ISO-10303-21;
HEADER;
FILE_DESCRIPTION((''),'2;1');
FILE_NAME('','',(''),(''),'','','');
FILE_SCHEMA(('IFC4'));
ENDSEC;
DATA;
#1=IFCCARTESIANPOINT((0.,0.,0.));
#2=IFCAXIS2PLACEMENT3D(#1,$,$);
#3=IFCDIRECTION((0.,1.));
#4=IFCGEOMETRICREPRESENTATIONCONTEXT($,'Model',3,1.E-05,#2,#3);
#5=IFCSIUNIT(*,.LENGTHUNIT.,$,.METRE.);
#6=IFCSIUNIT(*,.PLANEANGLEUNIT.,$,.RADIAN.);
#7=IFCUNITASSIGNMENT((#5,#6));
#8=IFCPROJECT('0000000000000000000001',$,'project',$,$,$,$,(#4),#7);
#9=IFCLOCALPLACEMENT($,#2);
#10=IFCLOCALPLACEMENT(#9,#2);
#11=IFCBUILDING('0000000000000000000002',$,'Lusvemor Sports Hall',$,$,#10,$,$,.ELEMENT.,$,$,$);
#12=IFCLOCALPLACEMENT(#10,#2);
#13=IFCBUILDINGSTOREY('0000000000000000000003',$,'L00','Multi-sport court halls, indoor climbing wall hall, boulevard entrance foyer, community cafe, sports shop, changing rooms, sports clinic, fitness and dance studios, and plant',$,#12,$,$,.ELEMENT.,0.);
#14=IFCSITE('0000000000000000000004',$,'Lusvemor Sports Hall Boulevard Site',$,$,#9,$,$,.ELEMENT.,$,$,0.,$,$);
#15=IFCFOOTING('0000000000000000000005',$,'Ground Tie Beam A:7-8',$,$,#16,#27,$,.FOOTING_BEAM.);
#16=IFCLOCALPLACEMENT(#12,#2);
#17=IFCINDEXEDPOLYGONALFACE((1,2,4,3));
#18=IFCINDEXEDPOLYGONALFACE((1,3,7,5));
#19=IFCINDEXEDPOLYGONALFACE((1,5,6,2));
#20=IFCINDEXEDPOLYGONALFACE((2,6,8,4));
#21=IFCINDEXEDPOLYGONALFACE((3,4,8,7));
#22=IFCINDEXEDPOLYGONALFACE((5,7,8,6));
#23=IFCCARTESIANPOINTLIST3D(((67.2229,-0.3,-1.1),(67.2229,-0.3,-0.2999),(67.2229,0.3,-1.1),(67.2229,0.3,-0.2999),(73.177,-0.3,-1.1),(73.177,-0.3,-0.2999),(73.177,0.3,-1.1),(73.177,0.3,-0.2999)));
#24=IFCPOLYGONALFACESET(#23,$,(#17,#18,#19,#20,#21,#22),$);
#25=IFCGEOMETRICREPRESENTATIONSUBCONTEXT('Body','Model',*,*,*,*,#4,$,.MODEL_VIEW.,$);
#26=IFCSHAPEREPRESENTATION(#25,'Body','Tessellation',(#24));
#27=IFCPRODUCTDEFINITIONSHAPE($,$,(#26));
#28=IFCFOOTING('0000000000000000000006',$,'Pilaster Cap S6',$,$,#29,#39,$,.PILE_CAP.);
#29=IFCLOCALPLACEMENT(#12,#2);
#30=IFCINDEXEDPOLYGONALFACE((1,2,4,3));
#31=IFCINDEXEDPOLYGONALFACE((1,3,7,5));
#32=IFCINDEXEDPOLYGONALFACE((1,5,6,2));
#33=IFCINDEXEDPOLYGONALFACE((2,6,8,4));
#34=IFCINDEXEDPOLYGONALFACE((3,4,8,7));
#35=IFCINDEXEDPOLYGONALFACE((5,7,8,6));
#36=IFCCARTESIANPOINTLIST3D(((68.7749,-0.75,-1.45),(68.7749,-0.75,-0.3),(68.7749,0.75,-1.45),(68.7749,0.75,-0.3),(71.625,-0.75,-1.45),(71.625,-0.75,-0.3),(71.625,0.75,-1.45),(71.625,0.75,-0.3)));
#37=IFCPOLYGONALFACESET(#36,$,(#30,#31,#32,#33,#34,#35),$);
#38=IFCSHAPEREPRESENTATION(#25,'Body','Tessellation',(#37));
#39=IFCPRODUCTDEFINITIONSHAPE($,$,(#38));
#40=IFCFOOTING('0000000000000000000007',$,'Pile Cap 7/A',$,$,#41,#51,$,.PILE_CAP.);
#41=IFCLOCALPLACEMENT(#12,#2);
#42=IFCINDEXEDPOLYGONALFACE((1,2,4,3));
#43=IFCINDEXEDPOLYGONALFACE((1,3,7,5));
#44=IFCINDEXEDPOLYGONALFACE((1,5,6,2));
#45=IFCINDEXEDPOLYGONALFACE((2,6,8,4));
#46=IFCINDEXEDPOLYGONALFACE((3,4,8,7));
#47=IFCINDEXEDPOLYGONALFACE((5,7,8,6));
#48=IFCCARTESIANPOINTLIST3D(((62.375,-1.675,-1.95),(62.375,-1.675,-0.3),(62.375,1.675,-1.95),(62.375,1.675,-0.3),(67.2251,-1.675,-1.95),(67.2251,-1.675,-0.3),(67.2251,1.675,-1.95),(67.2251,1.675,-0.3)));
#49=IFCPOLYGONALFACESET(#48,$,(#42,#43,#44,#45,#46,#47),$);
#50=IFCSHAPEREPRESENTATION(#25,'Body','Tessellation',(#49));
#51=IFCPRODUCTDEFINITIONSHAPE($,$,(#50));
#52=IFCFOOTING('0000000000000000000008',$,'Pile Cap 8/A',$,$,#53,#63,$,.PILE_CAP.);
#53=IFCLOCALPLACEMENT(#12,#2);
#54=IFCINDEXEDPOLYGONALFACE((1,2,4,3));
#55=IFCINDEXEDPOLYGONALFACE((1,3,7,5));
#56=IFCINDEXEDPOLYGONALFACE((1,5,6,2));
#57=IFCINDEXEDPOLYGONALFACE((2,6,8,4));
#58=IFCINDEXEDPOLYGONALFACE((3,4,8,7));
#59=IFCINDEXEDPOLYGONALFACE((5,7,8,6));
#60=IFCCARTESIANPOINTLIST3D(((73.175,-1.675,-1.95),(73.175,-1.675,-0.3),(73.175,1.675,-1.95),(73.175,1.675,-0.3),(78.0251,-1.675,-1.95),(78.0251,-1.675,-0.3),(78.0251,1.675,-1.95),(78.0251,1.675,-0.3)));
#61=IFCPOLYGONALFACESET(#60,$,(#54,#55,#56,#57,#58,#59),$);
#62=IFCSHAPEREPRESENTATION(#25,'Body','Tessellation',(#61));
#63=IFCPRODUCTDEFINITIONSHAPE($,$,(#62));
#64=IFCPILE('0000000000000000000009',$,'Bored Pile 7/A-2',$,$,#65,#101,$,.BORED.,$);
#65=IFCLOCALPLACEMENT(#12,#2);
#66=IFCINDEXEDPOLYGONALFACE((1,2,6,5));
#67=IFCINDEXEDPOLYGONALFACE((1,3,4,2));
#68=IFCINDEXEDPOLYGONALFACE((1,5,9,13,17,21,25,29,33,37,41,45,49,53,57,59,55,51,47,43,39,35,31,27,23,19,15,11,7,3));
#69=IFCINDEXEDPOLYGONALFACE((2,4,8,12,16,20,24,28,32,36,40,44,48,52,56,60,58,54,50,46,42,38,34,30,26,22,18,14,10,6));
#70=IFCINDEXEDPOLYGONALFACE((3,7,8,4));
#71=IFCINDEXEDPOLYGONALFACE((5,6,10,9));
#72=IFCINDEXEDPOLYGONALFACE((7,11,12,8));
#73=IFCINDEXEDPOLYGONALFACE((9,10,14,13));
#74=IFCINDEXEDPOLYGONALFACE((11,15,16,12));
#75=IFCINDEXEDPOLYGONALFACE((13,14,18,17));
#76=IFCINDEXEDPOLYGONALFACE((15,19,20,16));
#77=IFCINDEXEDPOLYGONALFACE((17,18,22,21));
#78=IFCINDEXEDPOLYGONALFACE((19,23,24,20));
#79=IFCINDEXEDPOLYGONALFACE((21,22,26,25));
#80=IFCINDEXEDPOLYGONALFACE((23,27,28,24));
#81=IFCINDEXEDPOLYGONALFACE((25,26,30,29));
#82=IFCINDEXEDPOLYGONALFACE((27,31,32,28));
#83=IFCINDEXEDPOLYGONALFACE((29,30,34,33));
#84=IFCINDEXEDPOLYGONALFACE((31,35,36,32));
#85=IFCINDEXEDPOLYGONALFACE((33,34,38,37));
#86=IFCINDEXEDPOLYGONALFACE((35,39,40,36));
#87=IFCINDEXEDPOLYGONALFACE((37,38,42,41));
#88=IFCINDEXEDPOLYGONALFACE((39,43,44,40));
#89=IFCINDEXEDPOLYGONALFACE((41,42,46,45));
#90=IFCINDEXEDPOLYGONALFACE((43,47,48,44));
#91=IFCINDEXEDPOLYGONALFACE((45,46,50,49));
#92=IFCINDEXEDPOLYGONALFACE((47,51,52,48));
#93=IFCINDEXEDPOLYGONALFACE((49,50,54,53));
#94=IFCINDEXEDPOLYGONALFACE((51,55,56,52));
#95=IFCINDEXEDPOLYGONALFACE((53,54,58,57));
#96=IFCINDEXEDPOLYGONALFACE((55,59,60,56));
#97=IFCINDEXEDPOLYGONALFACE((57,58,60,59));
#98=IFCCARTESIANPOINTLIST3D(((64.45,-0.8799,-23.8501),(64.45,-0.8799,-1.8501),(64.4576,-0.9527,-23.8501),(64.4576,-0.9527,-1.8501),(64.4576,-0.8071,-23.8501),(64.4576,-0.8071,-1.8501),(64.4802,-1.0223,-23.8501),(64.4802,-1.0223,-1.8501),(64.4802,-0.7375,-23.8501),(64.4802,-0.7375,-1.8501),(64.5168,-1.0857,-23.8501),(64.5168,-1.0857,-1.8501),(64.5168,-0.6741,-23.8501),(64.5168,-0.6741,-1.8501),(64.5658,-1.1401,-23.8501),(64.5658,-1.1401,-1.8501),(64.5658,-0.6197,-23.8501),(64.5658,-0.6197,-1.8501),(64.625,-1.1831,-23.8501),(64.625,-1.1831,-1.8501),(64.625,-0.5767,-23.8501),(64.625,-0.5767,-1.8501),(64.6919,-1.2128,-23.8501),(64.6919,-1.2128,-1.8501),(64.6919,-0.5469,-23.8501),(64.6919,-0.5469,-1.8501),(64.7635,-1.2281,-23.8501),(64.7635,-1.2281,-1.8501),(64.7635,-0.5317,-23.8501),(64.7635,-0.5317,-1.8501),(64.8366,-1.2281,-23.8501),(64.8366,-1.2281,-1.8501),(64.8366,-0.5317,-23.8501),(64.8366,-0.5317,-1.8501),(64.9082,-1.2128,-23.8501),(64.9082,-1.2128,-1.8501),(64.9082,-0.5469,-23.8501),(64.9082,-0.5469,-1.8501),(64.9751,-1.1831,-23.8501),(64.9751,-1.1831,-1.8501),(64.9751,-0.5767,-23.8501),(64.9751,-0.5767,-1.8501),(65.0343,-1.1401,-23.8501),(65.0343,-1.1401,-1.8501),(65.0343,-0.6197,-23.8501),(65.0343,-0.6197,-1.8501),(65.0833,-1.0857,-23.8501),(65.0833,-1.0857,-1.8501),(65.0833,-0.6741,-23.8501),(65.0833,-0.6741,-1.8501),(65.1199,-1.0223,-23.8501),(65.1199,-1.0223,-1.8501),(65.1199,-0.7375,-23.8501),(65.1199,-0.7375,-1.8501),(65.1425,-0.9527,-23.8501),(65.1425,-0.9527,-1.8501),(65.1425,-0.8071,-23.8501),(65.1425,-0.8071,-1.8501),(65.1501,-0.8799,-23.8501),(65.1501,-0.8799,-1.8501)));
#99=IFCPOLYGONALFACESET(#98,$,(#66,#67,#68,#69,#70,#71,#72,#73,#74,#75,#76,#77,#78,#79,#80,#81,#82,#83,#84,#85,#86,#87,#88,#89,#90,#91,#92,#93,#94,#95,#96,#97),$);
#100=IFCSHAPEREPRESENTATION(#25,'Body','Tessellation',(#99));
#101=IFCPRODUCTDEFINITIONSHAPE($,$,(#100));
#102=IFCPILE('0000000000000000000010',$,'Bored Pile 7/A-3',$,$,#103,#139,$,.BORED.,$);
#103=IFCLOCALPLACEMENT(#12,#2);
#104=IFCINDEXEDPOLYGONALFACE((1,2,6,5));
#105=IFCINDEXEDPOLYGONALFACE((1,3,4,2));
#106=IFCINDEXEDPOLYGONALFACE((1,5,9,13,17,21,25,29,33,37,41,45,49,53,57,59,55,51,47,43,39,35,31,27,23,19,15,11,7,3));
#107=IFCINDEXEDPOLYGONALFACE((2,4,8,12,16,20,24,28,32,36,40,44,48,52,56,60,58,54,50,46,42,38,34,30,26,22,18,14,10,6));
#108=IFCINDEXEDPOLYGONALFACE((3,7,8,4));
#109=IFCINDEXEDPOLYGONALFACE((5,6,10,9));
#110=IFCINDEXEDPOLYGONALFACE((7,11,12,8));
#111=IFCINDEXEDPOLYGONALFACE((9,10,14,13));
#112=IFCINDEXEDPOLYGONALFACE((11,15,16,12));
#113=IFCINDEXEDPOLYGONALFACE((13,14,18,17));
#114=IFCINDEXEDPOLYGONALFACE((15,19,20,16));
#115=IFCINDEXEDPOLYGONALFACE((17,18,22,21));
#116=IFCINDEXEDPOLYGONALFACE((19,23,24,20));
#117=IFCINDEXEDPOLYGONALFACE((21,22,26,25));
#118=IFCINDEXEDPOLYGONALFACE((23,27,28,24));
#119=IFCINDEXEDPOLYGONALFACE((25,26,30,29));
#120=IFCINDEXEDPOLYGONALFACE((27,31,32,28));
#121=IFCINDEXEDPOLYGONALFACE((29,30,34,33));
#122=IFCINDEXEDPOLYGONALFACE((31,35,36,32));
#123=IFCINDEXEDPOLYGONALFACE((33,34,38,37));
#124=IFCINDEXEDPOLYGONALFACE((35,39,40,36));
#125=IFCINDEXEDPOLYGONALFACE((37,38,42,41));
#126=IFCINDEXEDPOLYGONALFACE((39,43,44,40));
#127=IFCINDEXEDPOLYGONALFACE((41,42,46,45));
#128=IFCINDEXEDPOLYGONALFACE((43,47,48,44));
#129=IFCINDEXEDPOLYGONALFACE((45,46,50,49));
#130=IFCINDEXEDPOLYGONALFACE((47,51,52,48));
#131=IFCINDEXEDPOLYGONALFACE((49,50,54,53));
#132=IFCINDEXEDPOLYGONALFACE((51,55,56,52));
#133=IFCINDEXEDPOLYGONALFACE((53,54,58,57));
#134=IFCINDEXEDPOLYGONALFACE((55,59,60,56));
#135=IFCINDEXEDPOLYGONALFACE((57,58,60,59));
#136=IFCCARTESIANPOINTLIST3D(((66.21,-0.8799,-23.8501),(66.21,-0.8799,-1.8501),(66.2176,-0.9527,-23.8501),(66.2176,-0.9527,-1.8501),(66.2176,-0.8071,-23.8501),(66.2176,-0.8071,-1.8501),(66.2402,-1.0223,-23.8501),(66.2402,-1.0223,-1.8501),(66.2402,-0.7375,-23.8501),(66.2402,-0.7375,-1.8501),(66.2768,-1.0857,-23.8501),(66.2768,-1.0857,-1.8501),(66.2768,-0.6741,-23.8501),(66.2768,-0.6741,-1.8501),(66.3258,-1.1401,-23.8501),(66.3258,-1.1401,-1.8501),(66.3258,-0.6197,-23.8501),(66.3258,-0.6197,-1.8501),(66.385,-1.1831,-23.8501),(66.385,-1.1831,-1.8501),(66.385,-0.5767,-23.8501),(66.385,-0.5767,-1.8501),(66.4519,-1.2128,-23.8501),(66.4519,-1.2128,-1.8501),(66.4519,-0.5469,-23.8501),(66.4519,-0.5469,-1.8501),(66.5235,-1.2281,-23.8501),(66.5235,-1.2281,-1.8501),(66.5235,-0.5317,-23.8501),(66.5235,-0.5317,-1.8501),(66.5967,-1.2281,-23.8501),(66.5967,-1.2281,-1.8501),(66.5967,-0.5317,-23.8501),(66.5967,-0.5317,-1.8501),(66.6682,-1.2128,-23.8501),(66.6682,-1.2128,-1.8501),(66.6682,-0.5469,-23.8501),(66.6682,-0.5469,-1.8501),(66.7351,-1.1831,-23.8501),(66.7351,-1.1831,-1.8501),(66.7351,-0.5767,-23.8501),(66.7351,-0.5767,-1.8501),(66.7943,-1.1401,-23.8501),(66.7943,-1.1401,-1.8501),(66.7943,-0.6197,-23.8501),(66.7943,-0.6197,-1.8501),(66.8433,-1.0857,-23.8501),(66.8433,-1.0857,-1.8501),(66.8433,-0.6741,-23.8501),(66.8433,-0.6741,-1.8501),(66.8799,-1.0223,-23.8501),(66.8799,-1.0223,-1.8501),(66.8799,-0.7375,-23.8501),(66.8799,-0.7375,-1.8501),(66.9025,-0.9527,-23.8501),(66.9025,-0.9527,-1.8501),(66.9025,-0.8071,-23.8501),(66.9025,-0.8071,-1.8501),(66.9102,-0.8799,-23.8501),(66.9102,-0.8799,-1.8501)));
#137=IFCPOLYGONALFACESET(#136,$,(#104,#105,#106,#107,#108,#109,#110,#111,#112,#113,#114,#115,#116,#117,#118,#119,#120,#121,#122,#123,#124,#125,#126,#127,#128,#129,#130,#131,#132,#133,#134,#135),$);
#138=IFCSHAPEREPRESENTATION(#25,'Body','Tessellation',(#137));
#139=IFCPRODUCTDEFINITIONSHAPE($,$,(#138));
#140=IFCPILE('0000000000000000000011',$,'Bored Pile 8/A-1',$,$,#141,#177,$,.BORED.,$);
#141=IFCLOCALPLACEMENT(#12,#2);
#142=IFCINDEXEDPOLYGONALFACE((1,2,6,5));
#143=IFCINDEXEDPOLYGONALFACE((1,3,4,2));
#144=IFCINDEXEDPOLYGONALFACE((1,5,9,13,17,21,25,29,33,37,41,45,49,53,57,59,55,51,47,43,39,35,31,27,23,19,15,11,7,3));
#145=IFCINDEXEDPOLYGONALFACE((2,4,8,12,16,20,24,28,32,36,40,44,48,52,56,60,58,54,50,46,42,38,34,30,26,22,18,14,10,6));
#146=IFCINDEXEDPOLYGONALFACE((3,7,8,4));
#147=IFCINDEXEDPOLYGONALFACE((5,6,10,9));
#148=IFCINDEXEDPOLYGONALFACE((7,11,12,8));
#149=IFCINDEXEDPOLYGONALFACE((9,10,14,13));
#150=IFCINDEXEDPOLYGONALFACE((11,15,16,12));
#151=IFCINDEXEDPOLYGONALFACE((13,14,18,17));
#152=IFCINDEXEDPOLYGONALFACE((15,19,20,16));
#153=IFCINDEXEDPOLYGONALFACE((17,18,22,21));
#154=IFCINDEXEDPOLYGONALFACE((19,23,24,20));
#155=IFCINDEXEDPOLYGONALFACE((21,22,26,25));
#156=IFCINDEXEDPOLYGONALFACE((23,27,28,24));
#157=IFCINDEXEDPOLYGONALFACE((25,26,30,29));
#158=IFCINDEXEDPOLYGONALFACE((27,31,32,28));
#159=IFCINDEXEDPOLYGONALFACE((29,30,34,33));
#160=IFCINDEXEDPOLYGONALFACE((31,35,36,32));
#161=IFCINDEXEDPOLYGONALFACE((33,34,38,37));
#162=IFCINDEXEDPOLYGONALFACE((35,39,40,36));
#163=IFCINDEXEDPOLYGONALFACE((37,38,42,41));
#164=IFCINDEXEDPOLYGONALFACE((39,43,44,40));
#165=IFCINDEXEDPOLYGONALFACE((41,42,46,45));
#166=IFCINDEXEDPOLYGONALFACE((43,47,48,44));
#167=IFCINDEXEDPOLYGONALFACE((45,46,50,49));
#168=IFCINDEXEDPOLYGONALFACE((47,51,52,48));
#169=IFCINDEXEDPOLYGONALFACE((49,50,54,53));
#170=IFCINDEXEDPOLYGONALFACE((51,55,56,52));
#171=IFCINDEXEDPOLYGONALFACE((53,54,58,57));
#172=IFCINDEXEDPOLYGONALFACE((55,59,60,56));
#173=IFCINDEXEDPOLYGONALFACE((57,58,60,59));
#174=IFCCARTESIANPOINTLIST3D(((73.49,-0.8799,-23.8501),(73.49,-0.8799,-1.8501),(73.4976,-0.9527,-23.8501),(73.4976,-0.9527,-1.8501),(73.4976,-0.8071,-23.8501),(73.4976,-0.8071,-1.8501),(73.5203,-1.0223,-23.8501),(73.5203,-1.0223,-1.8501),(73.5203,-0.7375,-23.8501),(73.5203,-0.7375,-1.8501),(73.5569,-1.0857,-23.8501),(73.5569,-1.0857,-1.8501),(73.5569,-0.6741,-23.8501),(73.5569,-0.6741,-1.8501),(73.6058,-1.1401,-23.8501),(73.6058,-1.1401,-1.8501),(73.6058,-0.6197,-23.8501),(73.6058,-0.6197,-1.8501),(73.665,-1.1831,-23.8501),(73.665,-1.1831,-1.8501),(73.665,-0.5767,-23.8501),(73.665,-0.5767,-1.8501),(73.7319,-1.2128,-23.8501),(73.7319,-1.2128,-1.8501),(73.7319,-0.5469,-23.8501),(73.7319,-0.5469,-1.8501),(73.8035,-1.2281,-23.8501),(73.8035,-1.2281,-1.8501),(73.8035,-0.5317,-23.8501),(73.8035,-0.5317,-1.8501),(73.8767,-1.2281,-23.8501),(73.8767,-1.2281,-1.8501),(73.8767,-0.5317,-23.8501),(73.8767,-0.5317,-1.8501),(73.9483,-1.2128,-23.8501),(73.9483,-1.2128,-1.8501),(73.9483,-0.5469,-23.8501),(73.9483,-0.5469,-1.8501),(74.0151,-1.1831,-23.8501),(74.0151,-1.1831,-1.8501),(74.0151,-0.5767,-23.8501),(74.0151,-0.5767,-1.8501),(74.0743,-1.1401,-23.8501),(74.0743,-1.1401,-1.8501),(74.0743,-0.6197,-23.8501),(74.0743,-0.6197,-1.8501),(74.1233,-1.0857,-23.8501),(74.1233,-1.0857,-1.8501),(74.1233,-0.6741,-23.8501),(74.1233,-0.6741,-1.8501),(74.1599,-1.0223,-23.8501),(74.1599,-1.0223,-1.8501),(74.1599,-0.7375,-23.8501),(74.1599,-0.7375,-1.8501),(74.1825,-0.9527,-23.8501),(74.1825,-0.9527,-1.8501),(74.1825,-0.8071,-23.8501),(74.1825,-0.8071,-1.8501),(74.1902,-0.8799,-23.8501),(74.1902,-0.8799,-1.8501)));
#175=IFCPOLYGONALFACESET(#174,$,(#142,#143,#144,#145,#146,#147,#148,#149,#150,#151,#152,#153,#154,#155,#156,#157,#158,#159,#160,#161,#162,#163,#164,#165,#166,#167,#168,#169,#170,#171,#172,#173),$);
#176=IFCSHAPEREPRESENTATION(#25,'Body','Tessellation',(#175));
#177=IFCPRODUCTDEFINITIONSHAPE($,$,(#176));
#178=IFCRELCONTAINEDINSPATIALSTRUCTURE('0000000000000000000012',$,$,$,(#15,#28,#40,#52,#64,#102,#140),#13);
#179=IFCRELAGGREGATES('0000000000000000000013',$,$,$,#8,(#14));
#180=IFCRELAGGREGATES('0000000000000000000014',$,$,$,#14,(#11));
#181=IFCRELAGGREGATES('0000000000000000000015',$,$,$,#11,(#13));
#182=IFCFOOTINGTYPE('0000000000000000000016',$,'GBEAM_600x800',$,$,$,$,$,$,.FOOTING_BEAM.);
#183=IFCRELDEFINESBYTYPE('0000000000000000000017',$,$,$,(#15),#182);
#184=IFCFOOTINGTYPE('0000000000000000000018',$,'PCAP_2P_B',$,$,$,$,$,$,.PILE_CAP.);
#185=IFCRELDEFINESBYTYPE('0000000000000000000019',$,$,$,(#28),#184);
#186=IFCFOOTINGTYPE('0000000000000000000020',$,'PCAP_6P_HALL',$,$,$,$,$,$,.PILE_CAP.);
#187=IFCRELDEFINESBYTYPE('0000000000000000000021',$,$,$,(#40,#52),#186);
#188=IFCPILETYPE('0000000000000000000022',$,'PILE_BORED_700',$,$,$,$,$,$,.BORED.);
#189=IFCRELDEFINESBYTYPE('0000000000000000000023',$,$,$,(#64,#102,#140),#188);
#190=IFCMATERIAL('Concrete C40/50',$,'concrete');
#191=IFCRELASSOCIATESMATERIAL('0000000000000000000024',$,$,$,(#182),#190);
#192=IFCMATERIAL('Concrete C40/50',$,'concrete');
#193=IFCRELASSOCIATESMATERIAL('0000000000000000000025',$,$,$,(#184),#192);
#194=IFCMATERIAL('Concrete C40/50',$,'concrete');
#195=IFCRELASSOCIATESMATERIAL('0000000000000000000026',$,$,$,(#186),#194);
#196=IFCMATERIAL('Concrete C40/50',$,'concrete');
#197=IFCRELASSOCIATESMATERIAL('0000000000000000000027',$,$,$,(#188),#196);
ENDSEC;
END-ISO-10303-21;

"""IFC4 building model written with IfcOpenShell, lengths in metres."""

from ifc_helpers import new_model, si_unit, direction, frame, origin, origin_2d, place, context, subcontext, project, spatial, rectangle, circle, extrude, material, material_profile, profile_set, type_object, element, save


model = new_model("IFC4")

# Units and contexts
model_context = context("Model", 3, precision=1e-05, world=origin(), true_north=direction((0.0, 1.0)))
body_context = subcontext(model_context, "Body", "Model", "MODEL_VIEW")
ifc_project = project(units=[si_unit("LENGTHUNIT", "METRE"), si_unit("PLANEANGLEUNIT", "RADIAN")], contexts=[model_context])

# Site, building, storey
site_placement = place(None, origin())
site = spatial("IfcSite", under=ifc_project, at=site_placement, Name="Lusvemor Sports Hall Boulevard Site", CompositionType="ELEMENT", RefElevation=0.0)
building_placement = place(site_placement, origin())
building = spatial("IfcBuilding", under=site, at=building_placement, Name="Lusvemor Sports Hall", CompositionType="ELEMENT")
storey_placement = place(building_placement, origin())
storey = spatial("IfcBuildingStorey", under=building, at=storey_placement, Name="L00", Description="Multi-sport court halls, indoor climbing wall hall, boulevard entrance foyer, community cafe, sports shop, changing rooms, sports clinic, fitness and dance studios, and plant", CompositionType="ELEMENT", Elevation=0.0)

# Footings
ifc_material_1 = material(Name="Concrete C40/50", Category="concrete")
ifc_material_profile_1 = material_profile(ifc_material_1, rectangle(XDim=0.6001, YDim=0.8, at=origin_2d()), Name="GB_600x800")
ifc_profile_set_1 = profile_set([ifc_material_profile_1], Name="Concrete C40/50")
footing_type_1 = type_object("IfcFootingType", Name="GBEAM_600x800", PredefinedType="FOOTING_BEAM", material=ifc_profile_set_1)
footing_1_placement = place(storey_placement, frame((67.2229, 0.0, -0.7), z_axis=(1.0, 0.0, 0.0), x_axis=(0.0, 1.0, 0.0)))
element("IfcFooting", 1, at=footing_1_placement, inside=storey, type_object=footing_type_1, Name="Ground Tie Beam A:7-8", PredefinedType="FOOTING_BEAM", context=body_context, shape_type="SweptSolid", body=[
    extrude(rectangle(XDim=0.6001, YDim=0.8, at=origin_2d()), origin(), (0.0, 0.0, 1.0), 5.9541),
])
ifc_material_2 = material(Name="Concrete C40/50", Category="concrete")
footing_type_2 = type_object("IfcFootingType", Name="PCAP_2P_B", PredefinedType="PILE_CAP", material=ifc_material_2)
footing_2_placement = place(storey_placement, frame((70.2, 0.0, -1.45), z_axis=(0.0, 0.0, 1.0), x_axis=(1.0, 0.0, 0.0)))
element("IfcFooting", 2, at=footing_2_placement, inside=storey, type_object=footing_type_2, Name="Pilaster Cap S6", PredefinedType="PILE_CAP", context=body_context, shape_type="SweptSolid", body=[
    extrude(rectangle(XDim=2.8501, YDim=1.5, at=origin_2d()), origin(), (0.0, 0.0, 1.0), 1.1499),
])
ifc_material_3 = material(Name="Concrete C40/50", Category="concrete")
footing_type_3 = type_object("IfcFootingType", Name="PCAP_6P_HALL", PredefinedType="PILE_CAP", material=ifc_material_3)
for number, where, z_axis, x_axis, name in (
    (3, (64.8, 0.0, -1.95), (0.0, 0.0, 1.0), (1.0, 0.0, 0.0), "Pile Cap 7/A"),
    (4, (75.6001, 0.0, -1.95), (0.0, 0.0, 1.0), (1.0, 0.0, 0.0), "Pile Cap 8/A"),
):
    element("IfcFooting", number, at=place(storey_placement, frame(where, z_axis=z_axis, x_axis=x_axis)), inside=storey, type_object=footing_type_3, Name=name, PredefinedType="PILE_CAP", context=body_context, shape_type="SweptSolid", body=[
        extrude(rectangle(XDim=4.8501, YDim=3.3501, at=origin_2d()), origin(), (0.0, 0.0, 1.0), 1.6499),
    ])

# Piles
ifc_material_4 = material(Name="Concrete C40/50", Category="concrete")
ifc_material_profile_2 = material_profile(ifc_material_4, circle(Radius=0.3501, at=origin_2d()), Name="PILE700")
ifc_profile_set_2 = profile_set([ifc_material_profile_2], Name="Concrete C40/50")
pile_type = type_object("IfcPileType", Name="PILE_BORED_700", PredefinedType="BORED", material=ifc_profile_set_2)
for number, where, z_axis, x_axis, name in (
    (5, (64.8, -0.8799, -1.8501), (0.0, 0.0, -1.0), (1.0, 0.0, 0.0), "Bored Pile 7/A-2"),
    (6, (66.5601, -0.8799, -1.8501), (0.0, 0.0, -1.0), (1.0, 0.0, 0.0), "Bored Pile 7/A-3"),
    (7, (73.8401, -0.8799, -1.8501), (0.0, 0.0, -1.0), (1.0, 0.0, 0.0), "Bored Pile 8/A-1"),
):
    element("IfcPile", number, at=place(storey_placement, frame(where, z_axis=z_axis, x_axis=x_axis)), inside=storey, type_object=pile_type, Name=name, PredefinedType="BORED", context=body_context, shape_type="SweptSolid", body=[
        extrude(circle(Radius=0.3501, at=origin_2d()), origin(), (0.0, 0.0, 1.0), 22.0),
    ])

save(model, "model.ifc")
